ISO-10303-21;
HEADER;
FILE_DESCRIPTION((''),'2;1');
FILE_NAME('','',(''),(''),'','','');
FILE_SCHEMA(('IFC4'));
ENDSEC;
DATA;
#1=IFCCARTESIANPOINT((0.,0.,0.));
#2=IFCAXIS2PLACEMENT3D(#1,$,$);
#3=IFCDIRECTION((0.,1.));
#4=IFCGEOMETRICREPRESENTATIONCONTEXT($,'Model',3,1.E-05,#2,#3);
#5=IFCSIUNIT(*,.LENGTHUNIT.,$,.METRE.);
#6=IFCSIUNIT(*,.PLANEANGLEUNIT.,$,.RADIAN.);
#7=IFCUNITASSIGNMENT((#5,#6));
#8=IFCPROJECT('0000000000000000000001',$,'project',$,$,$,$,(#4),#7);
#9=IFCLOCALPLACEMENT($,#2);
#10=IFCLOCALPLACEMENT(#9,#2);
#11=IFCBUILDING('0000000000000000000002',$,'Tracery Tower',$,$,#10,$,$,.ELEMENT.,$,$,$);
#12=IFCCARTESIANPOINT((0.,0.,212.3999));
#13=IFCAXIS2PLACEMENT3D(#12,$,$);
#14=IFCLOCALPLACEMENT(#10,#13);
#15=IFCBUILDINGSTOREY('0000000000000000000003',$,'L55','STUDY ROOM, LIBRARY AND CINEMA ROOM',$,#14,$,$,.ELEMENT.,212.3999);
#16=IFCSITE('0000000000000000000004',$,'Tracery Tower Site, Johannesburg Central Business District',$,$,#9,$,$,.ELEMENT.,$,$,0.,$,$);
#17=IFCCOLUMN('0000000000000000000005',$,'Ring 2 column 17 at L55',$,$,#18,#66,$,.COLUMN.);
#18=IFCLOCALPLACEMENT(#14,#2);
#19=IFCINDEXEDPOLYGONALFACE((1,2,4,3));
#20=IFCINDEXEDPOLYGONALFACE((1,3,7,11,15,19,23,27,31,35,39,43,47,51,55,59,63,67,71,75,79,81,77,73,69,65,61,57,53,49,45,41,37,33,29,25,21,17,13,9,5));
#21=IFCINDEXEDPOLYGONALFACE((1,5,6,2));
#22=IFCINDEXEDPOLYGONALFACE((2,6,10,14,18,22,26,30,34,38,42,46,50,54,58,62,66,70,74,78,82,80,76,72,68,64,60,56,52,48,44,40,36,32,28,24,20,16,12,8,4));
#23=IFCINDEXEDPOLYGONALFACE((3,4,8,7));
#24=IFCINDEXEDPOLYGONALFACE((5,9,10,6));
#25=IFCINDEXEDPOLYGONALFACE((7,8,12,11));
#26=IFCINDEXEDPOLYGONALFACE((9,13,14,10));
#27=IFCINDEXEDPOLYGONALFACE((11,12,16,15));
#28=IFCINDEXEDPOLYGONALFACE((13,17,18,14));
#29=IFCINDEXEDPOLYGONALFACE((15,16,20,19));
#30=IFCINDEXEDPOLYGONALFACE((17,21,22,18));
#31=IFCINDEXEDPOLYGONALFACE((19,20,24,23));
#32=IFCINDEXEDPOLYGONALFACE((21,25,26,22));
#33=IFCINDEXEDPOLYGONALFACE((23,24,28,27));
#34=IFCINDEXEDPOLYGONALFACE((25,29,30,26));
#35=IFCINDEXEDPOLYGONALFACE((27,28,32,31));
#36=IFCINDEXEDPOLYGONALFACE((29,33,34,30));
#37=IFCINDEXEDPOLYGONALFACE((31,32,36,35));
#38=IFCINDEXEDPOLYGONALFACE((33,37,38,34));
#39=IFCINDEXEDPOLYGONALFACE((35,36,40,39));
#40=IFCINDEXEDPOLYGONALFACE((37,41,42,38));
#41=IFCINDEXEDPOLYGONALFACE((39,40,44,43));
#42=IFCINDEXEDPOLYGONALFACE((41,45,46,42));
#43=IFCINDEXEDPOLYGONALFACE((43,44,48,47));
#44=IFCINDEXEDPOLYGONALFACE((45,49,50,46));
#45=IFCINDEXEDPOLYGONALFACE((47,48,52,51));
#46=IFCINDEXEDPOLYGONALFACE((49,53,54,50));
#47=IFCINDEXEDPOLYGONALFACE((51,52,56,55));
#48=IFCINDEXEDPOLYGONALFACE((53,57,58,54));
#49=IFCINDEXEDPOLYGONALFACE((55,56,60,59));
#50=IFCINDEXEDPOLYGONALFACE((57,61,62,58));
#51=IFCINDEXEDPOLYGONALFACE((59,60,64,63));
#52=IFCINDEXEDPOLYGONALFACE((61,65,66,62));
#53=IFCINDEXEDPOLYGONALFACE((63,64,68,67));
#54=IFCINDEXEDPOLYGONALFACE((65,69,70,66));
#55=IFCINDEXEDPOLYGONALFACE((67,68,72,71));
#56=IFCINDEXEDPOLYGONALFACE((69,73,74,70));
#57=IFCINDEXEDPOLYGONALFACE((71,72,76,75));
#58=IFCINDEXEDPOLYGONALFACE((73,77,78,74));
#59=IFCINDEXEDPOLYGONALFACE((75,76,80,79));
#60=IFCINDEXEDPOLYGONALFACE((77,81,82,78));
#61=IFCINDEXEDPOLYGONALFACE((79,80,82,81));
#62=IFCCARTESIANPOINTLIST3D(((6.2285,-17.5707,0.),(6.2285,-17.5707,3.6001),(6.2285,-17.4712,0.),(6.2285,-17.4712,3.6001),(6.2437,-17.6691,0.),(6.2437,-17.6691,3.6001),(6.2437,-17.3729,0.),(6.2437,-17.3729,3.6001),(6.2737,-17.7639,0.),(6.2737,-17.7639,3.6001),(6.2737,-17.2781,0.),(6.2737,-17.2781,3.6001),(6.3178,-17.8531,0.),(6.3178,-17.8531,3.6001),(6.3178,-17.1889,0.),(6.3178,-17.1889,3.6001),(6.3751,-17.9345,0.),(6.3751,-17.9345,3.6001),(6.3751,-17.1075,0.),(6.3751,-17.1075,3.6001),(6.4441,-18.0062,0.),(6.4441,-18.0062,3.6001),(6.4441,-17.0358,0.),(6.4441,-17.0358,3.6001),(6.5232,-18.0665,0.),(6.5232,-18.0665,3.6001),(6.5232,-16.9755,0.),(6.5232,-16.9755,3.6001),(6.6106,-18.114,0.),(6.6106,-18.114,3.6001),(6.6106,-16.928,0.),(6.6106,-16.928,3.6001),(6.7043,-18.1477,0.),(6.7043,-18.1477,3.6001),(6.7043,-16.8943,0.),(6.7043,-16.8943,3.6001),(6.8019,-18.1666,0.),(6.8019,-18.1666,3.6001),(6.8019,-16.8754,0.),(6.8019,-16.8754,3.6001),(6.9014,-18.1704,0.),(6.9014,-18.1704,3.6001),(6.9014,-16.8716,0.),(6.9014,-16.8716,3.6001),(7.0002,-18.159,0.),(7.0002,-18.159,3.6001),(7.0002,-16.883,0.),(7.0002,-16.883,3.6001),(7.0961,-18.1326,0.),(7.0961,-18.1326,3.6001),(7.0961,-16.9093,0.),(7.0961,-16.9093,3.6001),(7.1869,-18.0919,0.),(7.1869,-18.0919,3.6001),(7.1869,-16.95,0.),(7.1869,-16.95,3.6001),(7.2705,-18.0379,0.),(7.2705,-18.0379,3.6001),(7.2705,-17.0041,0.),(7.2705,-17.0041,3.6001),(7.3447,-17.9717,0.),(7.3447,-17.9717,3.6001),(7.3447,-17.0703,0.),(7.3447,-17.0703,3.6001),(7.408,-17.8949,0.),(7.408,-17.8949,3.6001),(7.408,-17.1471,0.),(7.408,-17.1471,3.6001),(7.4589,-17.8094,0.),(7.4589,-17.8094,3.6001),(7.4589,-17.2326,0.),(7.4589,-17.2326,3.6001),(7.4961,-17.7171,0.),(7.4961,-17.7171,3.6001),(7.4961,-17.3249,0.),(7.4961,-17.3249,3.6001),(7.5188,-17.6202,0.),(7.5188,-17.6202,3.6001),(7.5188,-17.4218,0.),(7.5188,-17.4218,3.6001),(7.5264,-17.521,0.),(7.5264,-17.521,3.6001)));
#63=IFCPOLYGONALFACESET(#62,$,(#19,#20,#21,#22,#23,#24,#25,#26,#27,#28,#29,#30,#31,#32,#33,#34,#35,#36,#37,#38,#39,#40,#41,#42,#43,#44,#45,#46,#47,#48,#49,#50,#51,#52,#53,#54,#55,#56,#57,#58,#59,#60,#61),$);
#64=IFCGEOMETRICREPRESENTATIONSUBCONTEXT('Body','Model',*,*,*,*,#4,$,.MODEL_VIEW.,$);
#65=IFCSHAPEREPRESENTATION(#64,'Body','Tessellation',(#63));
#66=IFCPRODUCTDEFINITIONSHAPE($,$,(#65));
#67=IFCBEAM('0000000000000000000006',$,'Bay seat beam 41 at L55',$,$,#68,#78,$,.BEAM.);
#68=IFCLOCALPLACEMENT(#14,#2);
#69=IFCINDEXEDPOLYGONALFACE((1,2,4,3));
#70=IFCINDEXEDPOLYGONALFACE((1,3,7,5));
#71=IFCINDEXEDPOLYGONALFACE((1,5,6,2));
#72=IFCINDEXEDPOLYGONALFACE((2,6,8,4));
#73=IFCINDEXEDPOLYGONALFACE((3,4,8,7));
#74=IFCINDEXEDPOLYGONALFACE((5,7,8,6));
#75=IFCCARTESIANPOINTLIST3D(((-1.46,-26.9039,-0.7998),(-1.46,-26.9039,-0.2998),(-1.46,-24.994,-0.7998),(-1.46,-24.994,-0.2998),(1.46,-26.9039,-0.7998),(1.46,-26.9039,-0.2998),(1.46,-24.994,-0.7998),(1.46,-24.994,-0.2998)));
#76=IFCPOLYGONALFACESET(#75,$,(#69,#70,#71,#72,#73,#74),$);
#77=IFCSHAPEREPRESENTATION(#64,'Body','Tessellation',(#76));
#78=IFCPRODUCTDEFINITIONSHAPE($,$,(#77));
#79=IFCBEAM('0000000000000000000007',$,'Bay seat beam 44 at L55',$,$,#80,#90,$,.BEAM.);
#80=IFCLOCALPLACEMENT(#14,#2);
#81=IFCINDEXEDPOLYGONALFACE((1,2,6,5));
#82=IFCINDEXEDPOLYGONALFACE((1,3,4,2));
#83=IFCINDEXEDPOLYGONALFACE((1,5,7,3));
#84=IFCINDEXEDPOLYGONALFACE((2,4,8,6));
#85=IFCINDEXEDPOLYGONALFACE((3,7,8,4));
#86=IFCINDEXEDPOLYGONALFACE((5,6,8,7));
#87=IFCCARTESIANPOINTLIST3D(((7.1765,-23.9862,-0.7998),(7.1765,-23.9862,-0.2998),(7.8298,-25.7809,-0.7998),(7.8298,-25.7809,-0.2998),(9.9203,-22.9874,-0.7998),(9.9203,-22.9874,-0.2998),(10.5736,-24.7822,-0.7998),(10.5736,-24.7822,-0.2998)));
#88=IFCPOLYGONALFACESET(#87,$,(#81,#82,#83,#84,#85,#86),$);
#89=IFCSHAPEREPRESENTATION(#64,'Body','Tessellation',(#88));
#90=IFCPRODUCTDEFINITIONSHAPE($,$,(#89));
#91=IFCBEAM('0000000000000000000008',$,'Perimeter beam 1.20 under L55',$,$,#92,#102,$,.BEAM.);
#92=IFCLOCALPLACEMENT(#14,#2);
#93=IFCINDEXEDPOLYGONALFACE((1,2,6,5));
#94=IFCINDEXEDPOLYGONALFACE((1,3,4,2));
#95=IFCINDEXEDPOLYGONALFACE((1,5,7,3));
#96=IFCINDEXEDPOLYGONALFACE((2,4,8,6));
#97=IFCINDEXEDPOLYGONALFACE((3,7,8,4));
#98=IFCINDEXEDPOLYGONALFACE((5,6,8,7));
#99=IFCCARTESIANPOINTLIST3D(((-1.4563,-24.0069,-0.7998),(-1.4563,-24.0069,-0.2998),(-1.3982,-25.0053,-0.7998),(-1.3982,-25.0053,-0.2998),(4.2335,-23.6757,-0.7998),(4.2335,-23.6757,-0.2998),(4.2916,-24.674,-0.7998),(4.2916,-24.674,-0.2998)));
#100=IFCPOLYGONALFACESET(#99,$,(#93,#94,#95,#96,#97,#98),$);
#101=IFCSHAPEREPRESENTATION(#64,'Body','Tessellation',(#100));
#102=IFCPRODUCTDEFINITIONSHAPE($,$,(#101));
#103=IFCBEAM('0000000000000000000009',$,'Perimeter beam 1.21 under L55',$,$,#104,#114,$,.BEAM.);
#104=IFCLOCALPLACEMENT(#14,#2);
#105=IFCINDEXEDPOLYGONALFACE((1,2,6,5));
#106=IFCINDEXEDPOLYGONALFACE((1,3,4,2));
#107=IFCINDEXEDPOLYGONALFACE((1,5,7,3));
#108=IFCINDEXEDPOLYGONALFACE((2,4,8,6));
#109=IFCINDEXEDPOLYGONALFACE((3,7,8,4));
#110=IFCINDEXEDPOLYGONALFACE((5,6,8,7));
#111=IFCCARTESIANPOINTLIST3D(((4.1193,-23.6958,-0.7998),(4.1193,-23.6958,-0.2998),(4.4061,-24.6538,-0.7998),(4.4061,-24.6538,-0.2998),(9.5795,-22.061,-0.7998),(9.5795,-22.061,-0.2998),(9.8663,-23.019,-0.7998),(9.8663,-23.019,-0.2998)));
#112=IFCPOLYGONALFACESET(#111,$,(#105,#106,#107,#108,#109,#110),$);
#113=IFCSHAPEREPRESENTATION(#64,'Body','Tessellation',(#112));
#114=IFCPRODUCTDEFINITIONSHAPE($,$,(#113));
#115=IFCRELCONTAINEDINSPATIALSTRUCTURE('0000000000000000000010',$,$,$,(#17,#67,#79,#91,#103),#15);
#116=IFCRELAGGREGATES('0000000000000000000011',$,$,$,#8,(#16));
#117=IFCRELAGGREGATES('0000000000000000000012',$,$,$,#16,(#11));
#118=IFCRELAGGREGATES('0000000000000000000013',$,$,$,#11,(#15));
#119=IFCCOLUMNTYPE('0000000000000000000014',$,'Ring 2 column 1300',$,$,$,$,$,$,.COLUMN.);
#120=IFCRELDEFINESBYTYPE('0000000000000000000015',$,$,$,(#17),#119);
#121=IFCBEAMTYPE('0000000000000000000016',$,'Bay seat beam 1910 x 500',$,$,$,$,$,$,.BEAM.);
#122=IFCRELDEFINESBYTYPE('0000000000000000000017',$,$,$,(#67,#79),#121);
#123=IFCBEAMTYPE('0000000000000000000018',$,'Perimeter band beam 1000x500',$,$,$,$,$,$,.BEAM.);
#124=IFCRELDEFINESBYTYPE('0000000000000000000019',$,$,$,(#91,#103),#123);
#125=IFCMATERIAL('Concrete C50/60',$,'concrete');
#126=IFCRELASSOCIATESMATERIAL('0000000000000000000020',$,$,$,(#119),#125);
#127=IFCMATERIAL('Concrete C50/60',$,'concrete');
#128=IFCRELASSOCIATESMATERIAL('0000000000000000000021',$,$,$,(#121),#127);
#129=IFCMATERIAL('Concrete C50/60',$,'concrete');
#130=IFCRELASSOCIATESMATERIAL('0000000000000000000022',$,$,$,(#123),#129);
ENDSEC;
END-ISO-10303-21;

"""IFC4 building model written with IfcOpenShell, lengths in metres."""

from ifc_helpers import new_model, si_unit, direction, frame, origin, origin_2d, place, context, subcontext, project, spatial, rectangle, circle, extrude, material, material_profile, profile_set, type_object, element, save


model = new_model("IFC4")

# Units and contexts
model_context = context("Model", 3, precision=1e-05, world=origin(), true_north=direction((0.0, 1.0)))
body_context = subcontext(model_context, "Body", "Model", "MODEL_VIEW")
ifc_project = project(units=[si_unit("LENGTHUNIT", "METRE"), si_unit("PLANEANGLEUNIT", "RADIAN")], contexts=[model_context])

# Site, building, storey
site_placement = place(None, origin())
site = spatial("IfcSite", under=ifc_project, at=site_placement, Name="Tracery Tower Site, Johannesburg Central Business District", CompositionType="ELEMENT", RefElevation=0.0)
building_placement = place(site_placement, origin())
building = spatial("IfcBuilding", under=site, at=building_placement, Name="Tracery Tower", CompositionType="ELEMENT")
storey_placement = place(building_placement, frame((0.0, 0.0, 212.3999)))
storey = spatial("IfcBuildingStorey", under=building, at=storey_placement, Name="L55", Description="STUDY ROOM, LIBRARY AND CINEMA ROOM", CompositionType="ELEMENT", Elevation=212.3999)

# Column
ifc_material_1 = material(Name="Concrete C50/60", Category="concrete")
ifc_material_profile_1 = material_profile(ifc_material_1, circle(Radius=0.6499, at=origin_2d()), Name="RC D1300")
ifc_profile_set_1 = profile_set([ifc_material_profile_1], Name="Concrete C50/60")
column_type_1 = type_object("IfcColumnType", Name="Ring 2 column 1300", PredefinedType="COLUMN", material=ifc_profile_set_1)
for number, where, z_axis, x_axis, name in (
    (1, (6.8765, -17.521, 0.0), (0.0, 0.0, 1.0), (1.0, 0.0, 0.0), "Ring 2 column 17 at L55"),
):
    element("IfcColumn", number, at=place(storey_placement, frame(where, z_axis=z_axis, x_axis=x_axis)), inside=storey, type_object=column_type_1, Name=name, PredefinedType="COLUMN", context=body_context, shape_type="SweptSolid", body=[
        extrude(circle(Radius=0.6499, at=origin_2d()), origin(), (0.0, 0.0, 1.0), 3.6001),
    ])

# Beams
ifc_material_2 = material(Name="Concrete C50/60", Category="concrete")
ifc_material_profile_2 = material_profile(ifc_material_2, rectangle(XDim=1.9099, YDim=0.5, at=origin_2d()), Name="RC 1910x500")
ifc_profile_set_2 = profile_set([ifc_material_profile_2], Name="Concrete C50/60")
beam_type_1 = type_object("IfcBeamType", Name="Bay seat beam 1910 x 500", PredefinedType="BEAM", material=ifc_profile_set_2)
for number, where, z_axis, x_axis, name in (
    (2, (-1.46, -25.949, -0.5498), (1.0, 0.0, 0.0), (0.0, 1.0, 0.0), "Bay seat beam 41 at L55"),
    (3, (7.5032, -24.8835, -0.5498), (0.939684, 0.342045, 0.0), (-0.342045, 0.939684, 0.0), "Bay seat beam 44 at L55"),
):
    element("IfcBeam", number, at=place(storey_placement, frame(where, z_axis=z_axis, x_axis=x_axis)), inside=storey, type_object=beam_type_1, Name=name, PredefinedType="BEAM", context=body_context, shape_type="SweptSolid", body=[
        extrude(rectangle(XDim=1.9099, YDim=0.5, at=origin_2d()), origin(), (0.0, 0.0, 1.0), 2.9199),
    ])
ifc_material_3 = material(Name="Concrete C50/60", Category="concrete")
ifc_material_profile_3 = material_profile(ifc_material_3, rectangle(XDim=1.0, YDim=0.5, at=origin_2d()), Name="RC 1000x500")
ifc_profile_set_3 = profile_set([ifc_material_profile_3], Name="Concrete C50/60")
beam_type_2 = type_object("IfcBeamType", Name="Perimeter band beam 1000x500", PredefinedType="BEAM", material=ifc_profile_set_3)
beam_1_placement = place(storey_placement, frame((-1.4272, -24.5061, -0.5498), z_axis=(0.998309, 0.058127, 0.0), x_axis=(-0.058127, 0.998309, 0.0)))
element("IfcBeam", 4, at=beam_1_placement, inside=storey, type_object=beam_type_2, Name="Perimeter beam 1.20 under L55", PredefinedType="BEAM", context=body_context, shape_type="SweptSolid", body=[
    extrude(rectangle(XDim=1.0, YDim=0.5, at=origin_2d()), origin(), (0.0, 0.0, 1.0), 5.6995),
])
beam_2_placement = place(storey_placement, frame((4.2627, -24.1748, -0.5498), z_axis=(0.957985, 0.286817, 0.0), x_axis=(-0.286817, 0.957985, 0.0)))
element("IfcBeam", 5, at=beam_2_placement, inside=storey, type_object=beam_type_2, Name="Perimeter beam 1.21 under L55", PredefinedType="BEAM", context=body_context, shape_type="SweptSolid", body=[
    extrude(rectangle(XDim=1.0, YDim=0.5, at=origin_2d()), origin(), (0.0, 0.0, 1.0), 5.6997),
])

save(model, "model.ifc")
